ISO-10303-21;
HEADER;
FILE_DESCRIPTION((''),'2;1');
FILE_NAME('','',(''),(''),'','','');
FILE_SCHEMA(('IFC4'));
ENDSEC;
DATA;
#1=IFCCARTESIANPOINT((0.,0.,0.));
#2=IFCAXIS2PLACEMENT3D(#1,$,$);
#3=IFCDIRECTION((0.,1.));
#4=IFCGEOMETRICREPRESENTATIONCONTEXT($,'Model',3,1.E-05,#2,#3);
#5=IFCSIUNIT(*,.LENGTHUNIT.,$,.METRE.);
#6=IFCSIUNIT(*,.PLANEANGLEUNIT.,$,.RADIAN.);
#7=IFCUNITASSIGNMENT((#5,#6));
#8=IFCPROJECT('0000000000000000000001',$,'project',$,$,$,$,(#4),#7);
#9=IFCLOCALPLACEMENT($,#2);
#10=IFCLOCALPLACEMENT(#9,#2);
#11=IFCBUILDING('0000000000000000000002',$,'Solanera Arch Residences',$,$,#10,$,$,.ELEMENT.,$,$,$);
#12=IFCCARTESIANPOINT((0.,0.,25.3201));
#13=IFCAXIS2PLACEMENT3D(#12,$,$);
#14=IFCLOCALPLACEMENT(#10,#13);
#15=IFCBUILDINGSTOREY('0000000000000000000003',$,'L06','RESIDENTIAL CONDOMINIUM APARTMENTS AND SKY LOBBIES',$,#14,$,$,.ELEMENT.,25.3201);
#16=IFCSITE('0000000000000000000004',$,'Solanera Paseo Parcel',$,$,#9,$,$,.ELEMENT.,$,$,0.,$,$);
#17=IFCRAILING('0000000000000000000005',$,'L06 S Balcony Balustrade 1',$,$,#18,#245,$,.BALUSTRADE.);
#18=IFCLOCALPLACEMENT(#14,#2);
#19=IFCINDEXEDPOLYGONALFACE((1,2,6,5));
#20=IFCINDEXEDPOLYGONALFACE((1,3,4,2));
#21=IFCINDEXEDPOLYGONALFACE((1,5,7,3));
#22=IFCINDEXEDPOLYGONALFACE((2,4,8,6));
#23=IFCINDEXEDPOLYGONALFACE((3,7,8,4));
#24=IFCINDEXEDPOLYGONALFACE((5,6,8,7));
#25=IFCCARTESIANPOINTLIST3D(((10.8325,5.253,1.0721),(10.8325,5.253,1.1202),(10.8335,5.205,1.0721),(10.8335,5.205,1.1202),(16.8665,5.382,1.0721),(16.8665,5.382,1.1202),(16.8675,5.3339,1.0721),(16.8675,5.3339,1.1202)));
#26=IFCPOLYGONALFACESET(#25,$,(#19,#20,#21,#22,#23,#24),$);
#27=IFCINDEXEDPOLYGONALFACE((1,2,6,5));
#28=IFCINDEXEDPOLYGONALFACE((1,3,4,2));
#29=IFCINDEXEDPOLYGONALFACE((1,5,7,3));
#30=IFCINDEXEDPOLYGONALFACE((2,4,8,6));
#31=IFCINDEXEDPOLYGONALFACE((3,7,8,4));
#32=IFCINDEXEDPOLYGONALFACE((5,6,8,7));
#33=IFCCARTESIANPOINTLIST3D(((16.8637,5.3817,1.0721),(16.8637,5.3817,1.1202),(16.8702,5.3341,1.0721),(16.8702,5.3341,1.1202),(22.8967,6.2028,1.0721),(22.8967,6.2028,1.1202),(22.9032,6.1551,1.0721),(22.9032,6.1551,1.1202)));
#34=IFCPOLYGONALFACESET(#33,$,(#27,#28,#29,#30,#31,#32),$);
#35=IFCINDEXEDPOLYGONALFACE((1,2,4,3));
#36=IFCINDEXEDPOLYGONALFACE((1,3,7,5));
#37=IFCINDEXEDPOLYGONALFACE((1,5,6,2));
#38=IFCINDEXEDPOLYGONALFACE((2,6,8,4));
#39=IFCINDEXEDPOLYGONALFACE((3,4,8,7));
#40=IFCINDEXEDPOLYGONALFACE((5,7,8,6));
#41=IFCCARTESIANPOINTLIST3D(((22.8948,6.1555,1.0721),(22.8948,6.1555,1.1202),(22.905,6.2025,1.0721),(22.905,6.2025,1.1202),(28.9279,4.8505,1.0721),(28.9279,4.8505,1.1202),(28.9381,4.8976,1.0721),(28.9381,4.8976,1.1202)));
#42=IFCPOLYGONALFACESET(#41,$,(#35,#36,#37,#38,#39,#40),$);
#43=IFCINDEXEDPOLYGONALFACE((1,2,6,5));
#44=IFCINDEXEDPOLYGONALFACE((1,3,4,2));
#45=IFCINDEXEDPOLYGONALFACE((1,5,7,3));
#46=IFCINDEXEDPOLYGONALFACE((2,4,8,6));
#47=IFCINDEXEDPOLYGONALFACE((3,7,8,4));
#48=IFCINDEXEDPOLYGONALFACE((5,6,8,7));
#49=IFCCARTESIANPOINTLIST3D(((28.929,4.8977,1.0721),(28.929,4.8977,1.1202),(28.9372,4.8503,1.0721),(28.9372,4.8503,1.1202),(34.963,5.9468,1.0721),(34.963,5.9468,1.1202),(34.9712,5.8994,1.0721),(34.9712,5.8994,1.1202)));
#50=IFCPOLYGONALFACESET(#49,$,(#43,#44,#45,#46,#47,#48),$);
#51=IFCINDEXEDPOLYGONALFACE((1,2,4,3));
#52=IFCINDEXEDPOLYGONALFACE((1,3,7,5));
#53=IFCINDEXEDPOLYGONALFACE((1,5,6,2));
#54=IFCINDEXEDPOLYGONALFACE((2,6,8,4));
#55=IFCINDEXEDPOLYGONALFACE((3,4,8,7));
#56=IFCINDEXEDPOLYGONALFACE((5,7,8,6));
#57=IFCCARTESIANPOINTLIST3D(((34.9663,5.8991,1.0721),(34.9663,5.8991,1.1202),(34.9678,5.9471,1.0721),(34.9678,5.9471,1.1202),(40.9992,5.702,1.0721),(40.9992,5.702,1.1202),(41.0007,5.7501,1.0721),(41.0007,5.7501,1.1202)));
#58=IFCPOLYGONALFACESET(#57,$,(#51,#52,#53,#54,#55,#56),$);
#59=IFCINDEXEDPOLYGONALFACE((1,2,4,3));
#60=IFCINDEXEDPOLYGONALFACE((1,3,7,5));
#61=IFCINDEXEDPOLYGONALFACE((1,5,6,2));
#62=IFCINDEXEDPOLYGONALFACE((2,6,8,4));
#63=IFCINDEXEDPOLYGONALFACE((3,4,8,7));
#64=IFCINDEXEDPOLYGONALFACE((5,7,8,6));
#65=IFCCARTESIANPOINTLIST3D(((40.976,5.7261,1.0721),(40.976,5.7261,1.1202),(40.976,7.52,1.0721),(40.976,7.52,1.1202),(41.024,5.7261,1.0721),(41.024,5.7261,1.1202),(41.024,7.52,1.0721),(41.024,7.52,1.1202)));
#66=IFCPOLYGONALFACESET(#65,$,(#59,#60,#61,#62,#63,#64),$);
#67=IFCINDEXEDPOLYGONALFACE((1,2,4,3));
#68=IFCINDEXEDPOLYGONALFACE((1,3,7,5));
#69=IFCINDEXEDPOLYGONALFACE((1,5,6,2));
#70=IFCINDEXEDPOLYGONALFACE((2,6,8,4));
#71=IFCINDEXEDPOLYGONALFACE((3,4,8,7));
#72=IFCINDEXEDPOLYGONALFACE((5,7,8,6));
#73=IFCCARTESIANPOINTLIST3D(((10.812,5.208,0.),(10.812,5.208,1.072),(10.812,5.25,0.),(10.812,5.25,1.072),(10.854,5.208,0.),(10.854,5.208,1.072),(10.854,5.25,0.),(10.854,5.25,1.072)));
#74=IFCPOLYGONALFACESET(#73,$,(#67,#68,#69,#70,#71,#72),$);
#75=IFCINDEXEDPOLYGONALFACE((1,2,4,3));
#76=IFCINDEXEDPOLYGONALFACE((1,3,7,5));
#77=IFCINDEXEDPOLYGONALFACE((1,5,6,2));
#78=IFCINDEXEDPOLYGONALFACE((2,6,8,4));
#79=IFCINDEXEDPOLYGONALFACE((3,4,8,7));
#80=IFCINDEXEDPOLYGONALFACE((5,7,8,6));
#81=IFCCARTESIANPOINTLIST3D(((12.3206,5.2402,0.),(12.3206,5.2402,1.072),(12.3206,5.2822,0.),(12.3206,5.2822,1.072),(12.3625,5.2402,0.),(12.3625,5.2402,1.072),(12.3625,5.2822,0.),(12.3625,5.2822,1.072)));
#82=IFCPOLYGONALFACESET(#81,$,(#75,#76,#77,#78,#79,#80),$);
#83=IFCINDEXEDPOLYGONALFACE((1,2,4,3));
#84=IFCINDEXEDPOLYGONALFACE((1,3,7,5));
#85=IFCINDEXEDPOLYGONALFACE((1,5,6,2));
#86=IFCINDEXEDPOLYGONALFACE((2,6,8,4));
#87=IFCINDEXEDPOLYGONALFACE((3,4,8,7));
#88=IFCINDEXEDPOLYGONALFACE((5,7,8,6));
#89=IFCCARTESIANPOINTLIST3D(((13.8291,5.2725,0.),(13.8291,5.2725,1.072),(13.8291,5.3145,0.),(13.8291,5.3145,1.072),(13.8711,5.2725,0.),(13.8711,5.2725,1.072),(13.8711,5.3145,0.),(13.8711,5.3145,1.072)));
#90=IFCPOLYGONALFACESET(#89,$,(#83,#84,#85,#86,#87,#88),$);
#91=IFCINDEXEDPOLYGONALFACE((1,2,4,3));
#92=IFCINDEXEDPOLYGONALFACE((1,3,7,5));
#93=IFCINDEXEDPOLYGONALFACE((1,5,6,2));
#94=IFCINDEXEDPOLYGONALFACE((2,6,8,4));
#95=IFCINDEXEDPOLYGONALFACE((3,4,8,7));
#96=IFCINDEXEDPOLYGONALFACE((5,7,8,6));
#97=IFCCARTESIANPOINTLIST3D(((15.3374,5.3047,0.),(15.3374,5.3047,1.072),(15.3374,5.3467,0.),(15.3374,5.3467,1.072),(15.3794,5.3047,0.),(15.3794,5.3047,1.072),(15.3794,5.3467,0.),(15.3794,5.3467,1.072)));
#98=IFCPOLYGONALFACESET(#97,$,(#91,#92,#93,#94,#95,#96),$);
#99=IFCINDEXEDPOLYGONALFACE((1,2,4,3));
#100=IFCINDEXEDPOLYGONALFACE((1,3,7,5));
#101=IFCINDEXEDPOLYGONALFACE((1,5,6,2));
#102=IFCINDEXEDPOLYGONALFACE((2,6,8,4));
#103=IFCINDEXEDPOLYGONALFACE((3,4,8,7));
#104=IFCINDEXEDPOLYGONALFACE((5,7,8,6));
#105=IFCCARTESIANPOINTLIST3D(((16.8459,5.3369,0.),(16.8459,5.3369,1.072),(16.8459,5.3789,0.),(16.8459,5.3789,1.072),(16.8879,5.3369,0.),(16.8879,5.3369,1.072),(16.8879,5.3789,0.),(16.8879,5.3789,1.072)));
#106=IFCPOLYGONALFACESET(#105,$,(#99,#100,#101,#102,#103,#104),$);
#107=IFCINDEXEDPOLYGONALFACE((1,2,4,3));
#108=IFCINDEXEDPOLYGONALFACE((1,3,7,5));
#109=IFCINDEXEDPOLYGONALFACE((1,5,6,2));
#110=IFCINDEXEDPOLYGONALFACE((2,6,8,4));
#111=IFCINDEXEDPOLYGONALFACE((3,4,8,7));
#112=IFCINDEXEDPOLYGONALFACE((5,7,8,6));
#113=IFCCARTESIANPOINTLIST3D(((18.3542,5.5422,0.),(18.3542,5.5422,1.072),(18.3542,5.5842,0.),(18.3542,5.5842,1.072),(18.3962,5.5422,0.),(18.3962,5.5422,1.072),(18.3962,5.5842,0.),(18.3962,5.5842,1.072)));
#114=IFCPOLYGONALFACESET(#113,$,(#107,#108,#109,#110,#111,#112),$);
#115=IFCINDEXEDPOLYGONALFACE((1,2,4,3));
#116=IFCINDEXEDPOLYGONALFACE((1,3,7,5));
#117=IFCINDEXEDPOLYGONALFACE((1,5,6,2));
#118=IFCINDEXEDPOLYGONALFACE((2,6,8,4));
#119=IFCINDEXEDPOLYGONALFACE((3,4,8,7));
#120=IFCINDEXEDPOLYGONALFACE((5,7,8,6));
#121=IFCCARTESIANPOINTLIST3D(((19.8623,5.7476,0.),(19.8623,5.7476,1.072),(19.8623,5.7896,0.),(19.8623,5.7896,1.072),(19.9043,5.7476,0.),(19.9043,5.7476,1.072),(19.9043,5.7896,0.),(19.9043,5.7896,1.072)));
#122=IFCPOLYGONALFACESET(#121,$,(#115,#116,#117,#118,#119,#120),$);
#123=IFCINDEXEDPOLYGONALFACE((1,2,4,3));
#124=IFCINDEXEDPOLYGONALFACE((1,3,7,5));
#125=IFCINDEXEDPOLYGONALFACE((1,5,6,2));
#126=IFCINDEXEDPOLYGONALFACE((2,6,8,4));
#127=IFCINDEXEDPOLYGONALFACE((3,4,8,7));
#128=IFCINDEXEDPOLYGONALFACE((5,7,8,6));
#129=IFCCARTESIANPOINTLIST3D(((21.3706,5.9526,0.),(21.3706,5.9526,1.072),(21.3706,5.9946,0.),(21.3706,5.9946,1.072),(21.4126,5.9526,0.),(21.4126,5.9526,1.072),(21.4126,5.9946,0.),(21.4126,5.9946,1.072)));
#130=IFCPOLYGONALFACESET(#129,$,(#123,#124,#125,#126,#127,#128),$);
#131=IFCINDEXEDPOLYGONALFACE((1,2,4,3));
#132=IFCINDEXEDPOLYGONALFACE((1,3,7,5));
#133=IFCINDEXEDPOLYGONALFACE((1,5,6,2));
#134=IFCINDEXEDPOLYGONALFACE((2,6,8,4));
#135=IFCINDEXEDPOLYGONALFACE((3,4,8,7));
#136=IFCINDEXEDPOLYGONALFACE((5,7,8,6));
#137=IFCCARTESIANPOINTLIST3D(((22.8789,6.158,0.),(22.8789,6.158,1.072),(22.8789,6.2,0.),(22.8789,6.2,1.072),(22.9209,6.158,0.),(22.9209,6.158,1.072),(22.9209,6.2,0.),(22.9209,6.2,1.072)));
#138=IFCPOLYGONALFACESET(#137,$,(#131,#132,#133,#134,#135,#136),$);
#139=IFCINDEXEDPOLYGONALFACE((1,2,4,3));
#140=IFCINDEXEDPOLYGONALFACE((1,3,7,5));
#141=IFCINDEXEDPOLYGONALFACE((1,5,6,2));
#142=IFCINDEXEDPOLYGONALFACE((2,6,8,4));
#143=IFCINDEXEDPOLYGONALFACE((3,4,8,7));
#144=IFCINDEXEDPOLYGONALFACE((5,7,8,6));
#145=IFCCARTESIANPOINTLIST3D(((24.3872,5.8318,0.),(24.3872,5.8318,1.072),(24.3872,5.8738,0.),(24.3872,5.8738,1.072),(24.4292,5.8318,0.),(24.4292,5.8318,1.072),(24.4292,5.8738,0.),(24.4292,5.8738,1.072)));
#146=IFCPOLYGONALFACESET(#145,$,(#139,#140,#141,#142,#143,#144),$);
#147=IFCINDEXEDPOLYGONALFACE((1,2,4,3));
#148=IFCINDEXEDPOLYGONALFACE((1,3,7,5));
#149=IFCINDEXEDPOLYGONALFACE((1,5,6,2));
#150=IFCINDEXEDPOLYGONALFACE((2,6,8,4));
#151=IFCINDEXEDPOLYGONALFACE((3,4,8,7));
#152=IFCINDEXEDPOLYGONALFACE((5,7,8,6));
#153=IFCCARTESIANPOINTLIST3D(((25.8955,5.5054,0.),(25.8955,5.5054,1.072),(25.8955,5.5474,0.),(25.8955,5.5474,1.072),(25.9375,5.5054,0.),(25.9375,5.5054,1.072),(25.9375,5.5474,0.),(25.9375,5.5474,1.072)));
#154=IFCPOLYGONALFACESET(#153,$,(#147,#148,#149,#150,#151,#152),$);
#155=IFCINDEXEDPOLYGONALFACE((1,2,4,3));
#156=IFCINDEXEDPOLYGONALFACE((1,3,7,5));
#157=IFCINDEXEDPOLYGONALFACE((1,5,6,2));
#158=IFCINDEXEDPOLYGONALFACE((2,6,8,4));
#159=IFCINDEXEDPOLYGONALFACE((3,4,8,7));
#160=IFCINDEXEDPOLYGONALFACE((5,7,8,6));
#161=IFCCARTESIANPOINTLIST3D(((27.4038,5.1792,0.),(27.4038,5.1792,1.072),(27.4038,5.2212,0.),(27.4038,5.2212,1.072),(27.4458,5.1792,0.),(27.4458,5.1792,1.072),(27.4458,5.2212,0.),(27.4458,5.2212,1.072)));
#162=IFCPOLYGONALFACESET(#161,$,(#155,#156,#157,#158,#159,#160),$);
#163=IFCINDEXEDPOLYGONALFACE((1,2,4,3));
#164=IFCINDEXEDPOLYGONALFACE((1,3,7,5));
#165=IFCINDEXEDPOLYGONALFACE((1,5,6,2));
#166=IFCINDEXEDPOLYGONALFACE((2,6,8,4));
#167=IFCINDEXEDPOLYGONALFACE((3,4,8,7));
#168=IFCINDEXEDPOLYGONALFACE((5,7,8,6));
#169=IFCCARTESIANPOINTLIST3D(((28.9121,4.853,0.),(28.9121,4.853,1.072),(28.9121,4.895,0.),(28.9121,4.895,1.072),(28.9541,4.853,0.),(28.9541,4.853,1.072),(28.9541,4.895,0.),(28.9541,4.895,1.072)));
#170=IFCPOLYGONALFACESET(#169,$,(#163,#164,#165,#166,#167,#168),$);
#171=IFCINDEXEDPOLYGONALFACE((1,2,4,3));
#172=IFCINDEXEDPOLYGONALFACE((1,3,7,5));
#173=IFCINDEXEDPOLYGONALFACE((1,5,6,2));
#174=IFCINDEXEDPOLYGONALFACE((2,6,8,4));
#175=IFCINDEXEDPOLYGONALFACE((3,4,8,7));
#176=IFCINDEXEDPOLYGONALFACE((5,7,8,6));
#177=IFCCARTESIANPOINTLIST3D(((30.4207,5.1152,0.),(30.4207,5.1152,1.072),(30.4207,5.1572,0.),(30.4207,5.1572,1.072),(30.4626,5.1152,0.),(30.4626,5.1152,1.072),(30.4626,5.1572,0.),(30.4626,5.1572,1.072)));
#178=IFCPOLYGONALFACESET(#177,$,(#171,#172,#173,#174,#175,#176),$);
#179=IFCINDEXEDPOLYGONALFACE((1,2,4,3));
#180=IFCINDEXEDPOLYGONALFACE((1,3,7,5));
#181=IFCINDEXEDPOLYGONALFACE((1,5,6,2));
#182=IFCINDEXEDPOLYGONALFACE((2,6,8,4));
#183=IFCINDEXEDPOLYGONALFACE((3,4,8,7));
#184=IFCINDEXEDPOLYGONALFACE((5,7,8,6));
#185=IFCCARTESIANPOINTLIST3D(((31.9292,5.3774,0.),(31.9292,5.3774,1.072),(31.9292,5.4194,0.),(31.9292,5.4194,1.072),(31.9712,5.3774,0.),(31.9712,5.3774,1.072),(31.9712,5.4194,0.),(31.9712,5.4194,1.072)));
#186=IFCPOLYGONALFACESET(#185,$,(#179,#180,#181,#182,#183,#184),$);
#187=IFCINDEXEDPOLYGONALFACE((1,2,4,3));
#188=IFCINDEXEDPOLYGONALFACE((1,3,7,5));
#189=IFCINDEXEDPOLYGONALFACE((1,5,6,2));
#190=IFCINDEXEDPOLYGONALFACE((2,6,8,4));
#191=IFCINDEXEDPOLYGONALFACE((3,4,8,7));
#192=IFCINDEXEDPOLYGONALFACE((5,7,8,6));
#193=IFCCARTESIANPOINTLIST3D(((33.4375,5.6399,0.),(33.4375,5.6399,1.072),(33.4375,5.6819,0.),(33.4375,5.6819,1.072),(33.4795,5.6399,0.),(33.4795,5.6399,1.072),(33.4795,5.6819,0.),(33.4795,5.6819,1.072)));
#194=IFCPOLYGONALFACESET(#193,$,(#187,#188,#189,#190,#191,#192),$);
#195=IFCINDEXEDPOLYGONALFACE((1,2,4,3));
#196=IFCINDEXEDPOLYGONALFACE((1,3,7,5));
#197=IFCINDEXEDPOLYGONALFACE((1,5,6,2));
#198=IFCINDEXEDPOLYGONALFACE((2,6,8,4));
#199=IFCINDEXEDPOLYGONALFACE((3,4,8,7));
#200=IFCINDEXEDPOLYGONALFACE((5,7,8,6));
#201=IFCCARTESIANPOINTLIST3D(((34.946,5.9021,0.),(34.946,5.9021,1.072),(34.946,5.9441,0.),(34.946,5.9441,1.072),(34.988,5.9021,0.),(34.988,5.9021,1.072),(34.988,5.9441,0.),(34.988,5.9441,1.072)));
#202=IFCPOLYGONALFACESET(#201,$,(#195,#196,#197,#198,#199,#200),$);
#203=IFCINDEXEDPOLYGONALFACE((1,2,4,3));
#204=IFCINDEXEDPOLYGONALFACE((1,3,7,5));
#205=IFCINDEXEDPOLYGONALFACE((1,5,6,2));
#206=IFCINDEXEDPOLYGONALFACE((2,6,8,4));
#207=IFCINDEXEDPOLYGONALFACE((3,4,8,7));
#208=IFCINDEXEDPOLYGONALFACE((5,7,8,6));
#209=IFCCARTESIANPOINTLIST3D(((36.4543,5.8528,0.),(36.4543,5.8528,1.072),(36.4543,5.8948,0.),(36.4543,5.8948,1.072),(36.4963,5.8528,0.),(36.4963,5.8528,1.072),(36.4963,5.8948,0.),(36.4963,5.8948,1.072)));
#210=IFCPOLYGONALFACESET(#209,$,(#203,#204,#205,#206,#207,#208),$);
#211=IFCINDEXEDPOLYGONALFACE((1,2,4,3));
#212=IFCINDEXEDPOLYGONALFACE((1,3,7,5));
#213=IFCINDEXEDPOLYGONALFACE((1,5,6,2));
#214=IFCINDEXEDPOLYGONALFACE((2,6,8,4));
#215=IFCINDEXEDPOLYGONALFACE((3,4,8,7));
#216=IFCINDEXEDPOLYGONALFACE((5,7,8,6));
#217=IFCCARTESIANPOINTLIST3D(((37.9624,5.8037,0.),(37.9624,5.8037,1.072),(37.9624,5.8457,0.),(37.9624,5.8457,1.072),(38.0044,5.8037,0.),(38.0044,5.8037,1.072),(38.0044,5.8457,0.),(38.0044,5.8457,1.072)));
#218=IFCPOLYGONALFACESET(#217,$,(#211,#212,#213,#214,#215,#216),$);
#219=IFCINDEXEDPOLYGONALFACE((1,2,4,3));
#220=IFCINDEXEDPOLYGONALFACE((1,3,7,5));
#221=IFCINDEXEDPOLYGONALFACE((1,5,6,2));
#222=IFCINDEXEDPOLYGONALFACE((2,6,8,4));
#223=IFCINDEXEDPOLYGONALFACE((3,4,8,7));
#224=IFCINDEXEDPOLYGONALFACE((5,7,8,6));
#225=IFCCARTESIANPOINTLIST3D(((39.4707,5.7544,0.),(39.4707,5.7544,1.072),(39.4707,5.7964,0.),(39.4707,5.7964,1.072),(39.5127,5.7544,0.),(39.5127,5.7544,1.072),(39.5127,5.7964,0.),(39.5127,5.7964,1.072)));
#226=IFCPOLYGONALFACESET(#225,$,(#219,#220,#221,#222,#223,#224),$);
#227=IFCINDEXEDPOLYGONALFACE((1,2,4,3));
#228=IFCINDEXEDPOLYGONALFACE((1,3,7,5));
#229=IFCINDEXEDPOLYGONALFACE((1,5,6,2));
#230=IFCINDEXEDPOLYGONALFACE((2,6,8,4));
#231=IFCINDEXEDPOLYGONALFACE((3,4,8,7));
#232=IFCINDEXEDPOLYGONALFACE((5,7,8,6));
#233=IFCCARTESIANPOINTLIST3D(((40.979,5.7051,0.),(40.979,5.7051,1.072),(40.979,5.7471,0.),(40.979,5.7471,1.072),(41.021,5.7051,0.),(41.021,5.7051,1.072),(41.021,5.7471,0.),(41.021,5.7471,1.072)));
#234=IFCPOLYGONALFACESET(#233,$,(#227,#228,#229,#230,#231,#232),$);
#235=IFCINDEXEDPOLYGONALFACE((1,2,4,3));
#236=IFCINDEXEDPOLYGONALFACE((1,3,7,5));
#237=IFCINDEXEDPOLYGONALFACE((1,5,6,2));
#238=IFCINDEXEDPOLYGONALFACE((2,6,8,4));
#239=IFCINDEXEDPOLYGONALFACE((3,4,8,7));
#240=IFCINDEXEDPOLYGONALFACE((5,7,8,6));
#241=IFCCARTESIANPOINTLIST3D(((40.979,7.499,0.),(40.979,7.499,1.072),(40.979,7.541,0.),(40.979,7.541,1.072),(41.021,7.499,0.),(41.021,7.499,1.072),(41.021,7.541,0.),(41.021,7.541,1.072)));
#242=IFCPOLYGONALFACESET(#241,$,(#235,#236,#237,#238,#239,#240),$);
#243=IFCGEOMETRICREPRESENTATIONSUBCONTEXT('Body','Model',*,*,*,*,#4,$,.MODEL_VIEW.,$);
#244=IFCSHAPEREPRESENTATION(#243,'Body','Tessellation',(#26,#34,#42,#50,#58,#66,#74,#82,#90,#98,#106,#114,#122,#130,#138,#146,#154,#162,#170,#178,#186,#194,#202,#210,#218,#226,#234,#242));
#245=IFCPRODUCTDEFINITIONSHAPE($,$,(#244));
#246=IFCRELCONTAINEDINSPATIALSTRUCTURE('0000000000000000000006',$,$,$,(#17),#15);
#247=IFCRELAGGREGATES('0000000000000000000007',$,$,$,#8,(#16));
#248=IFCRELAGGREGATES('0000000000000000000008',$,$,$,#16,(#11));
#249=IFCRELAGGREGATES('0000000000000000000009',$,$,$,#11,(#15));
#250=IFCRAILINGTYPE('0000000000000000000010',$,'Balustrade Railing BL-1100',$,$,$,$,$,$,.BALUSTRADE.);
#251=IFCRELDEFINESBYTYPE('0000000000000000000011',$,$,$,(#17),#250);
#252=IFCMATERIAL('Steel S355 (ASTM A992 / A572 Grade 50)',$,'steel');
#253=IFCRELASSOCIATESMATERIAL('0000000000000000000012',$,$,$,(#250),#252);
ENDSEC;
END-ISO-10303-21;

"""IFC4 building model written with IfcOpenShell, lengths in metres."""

from ifc_helpers import new_model, si_unit, direction, frame, origin, origin_2d, place, context, subcontext, project, spatial, rectangle, extrude, material, type_object, element, save


model = new_model("IFC4")

# Units and contexts
model_context = context("Model", 3, precision=1e-05, world=origin(), true_north=direction((0.0, 1.0)))
body_context = subcontext(model_context, "Body", "Model", "MODEL_VIEW")
ifc_project = project(units=[si_unit("LENGTHUNIT", "METRE"), si_unit("PLANEANGLEUNIT", "RADIAN")], contexts=[model_context])

# Site, building, storey
site_placement = place(None, origin())
site = spatial("IfcSite", under=ifc_project, at=site_placement, Name="Solanera Paseo Parcel", CompositionType="ELEMENT", RefElevation=0.0)
building_placement = place(site_placement, origin())
building = spatial("IfcBuilding", under=site, at=building_placement, Name="Solanera Arch Residences", CompositionType="ELEMENT")
storey_placement = place(building_placement, frame((0.0, 0.0, 25.3201)))
storey = spatial("IfcBuildingStorey", under=building, at=storey_placement, Name="L06", Description="RESIDENTIAL CONDOMINIUM APARTMENTS AND SKY LOBBIES", CompositionType="ELEMENT", Elevation=25.3201)

# Railing
ifc_material_1 = material(Name="Steel S355 (ASTM A992 / A572 Grade 50)", Category="steel")
railing_type = type_object("IfcRailingType", Name="Balustrade Railing BL-1100", PredefinedType="BALUSTRADE", material=ifc_material_1)
railing_placement = place(storey_placement, frame((10.833, 5.229, 0.0)))
element("IfcRailing", 1, at=railing_placement, inside=storey, type_object=railing_type, Name="L06 S Balcony Balustrade 1", PredefinedType="BALUSTRADE", context=body_context, shape_type="SweptSolid", body=[
    extrude(rectangle(XDim=0.0481, YDim=0.0481, at=origin_2d()), frame((0.0, 0.0, 1.0962), z_axis=(0.999772, 0.021359, 0.0), x_axis=(-0.021359, 0.999772, 0.0)), (0.0, 0.0, 1.0), 6.0354),
    extrude(rectangle(XDim=0.0481, YDim=0.0481, at=origin_2d()), frame((6.0339, 0.1289, 1.0962), z_axis=(0.990866, 0.13485, 0.0), x_axis=(-0.13485, 0.990866, 0.0)), (0.0, 0.0, 1.0), 6.0886),
    extrude(rectangle(XDim=0.0481, YDim=0.0481, at=origin_2d()), frame((12.0669, 0.95, 1.0962), z_axis=(0.977399, -0.211403, 0.0), x_axis=(0.211403, 0.977399, 0.0)), (0.0, 0.0, 1.0), 6.1726),
    extrude(rectangle(XDim=0.0481, YDim=0.0481, at=origin_2d()), frame((18.1001, -0.355, 1.0962), z_axis=(0.98522, 0.171292, 0.0), x_axis=(-0.171292, 0.98522, 0.0)), (0.0, 0.0, 1.0), 6.1245),
    extrude(rectangle(XDim=0.0481, YDim=0.0481, at=origin_2d()), frame((24.134, 0.6941, 1.0962), z_axis=(0.999467, -0.03264, 0.0), x_axis=(0.03264, 0.999467, 0.0)), (0.0, 0.0, 1.0), 6.0361),
    extrude(rectangle(XDim=0.0481, YDim=0.0481, at=origin_2d()), frame((30.167, 0.4971, 1.0962), z_axis=(0.0, 1.0, 0.0), x_axis=(-1.0, 0.0, 0.0)), (0.0, 0.0, 1.0), 1.7939),
    extrude(rectangle(XDim=0.042, YDim=0.042, at=origin_2d()), origin(), (0.0, 0.0, 1.0), 1.072),
    extrude(rectangle(XDim=0.042, YDim=0.042, at=origin_2d()), frame((1.5085, 0.0322, 0.0)), (0.0, 0.0, 1.0), 1.072),
    extrude(rectangle(XDim=0.042, YDim=0.042, at=origin_2d()), frame((3.0171, 0.0645, 0.0)), (0.0, 0.0, 1.0), 1.072),
    extrude(rectangle(XDim=0.042, YDim=0.042, at=origin_2d()), frame((4.5254, 0.0967, 0.0)), (0.0, 0.0, 1.0), 1.072),
    extrude(rectangle(XDim=0.042, YDim=0.042, at=origin_2d()), frame((6.0339, 0.1289, 0.0)), (0.0, 0.0, 1.0), 1.072),
    extrude(rectangle(XDim=0.042, YDim=0.042, at=origin_2d()), frame((7.5422, 0.3342, 0.0)), (0.0, 0.0, 1.0), 1.072),
    extrude(rectangle(XDim=0.042, YDim=0.042, at=origin_2d()), frame((9.0503, 0.5396, 0.0)), (0.0, 0.0, 1.0), 1.072),
    extrude(rectangle(XDim=0.042, YDim=0.042, at=origin_2d()), frame((10.5586, 0.7446, 0.0)), (0.0, 0.0, 1.0), 1.072),
    extrude(rectangle(XDim=0.042, YDim=0.042, at=origin_2d()), frame((12.0669, 0.95, 0.0)), (0.0, 0.0, 1.0), 1.072),
    extrude(rectangle(XDim=0.042, YDim=0.042, at=origin_2d()), frame((13.5752, 0.6238, 0.0)), (0.0, 0.0, 1.0), 1.072),
    extrude(rectangle(XDim=0.042, YDim=0.042, at=origin_2d()), frame((15.0835, 0.2974, 0.0)), (0.0, 0.0, 1.0), 1.072),
    extrude(rectangle(XDim=0.042, YDim=0.042, at=origin_2d()), frame((16.5918, -0.0288, 0.0)), (0.0, 0.0, 1.0), 1.072),
    extrude(rectangle(XDim=0.042, YDim=0.042, at=origin_2d()), frame((18.1001, -0.355, 0.0)), (0.0, 0.0, 1.0), 1.072),
    extrude(rectangle(XDim=0.042, YDim=0.042, at=origin_2d()), frame((19.6086, -0.0928, 0.0)), (0.0, 0.0, 1.0), 1.072),
    extrude(rectangle(XDim=0.042, YDim=0.042, at=origin_2d()), frame((21.1172, 0.1694, 0.0)), (0.0, 0.0, 1.0), 1.072),
    extrude(rectangle(XDim=0.042, YDim=0.042, at=origin_2d()), frame((22.6255, 0.4319, 0.0)), (0.0, 0.0, 1.0), 1.072),
    extrude(rectangle(XDim=0.042, YDim=0.042, at=origin_2d()), frame((24.134, 0.6941, 0.0)), (0.0, 0.0, 1.0), 1.072),
    extrude(rectangle(XDim=0.042, YDim=0.042, at=origin_2d()), frame((25.6423, 0.6448, 0.0)), (0.0, 0.0, 1.0), 1.072),
    extrude(rectangle(XDim=0.042, YDim=0.042, at=origin_2d()), frame((27.1504, 0.5957, 0.0)), (0.0, 0.0, 1.0), 1.072),
    extrude(rectangle(XDim=0.042, YDim=0.042, at=origin_2d()), frame((28.6587, 0.5464, 0.0)), (0.0, 0.0, 1.0), 1.072),
    extrude(rectangle(XDim=0.042, YDim=0.042, at=origin_2d()), frame((30.167, 0.4971, 0.0)), (0.0, 0.0, 1.0), 1.072),
    extrude(rectangle(XDim=0.042, YDim=0.042, at=origin_2d()), frame((30.167, 2.291, 0.0)), (0.0, 0.0, 1.0), 1.072),
])

save(model, "model.ifc")
